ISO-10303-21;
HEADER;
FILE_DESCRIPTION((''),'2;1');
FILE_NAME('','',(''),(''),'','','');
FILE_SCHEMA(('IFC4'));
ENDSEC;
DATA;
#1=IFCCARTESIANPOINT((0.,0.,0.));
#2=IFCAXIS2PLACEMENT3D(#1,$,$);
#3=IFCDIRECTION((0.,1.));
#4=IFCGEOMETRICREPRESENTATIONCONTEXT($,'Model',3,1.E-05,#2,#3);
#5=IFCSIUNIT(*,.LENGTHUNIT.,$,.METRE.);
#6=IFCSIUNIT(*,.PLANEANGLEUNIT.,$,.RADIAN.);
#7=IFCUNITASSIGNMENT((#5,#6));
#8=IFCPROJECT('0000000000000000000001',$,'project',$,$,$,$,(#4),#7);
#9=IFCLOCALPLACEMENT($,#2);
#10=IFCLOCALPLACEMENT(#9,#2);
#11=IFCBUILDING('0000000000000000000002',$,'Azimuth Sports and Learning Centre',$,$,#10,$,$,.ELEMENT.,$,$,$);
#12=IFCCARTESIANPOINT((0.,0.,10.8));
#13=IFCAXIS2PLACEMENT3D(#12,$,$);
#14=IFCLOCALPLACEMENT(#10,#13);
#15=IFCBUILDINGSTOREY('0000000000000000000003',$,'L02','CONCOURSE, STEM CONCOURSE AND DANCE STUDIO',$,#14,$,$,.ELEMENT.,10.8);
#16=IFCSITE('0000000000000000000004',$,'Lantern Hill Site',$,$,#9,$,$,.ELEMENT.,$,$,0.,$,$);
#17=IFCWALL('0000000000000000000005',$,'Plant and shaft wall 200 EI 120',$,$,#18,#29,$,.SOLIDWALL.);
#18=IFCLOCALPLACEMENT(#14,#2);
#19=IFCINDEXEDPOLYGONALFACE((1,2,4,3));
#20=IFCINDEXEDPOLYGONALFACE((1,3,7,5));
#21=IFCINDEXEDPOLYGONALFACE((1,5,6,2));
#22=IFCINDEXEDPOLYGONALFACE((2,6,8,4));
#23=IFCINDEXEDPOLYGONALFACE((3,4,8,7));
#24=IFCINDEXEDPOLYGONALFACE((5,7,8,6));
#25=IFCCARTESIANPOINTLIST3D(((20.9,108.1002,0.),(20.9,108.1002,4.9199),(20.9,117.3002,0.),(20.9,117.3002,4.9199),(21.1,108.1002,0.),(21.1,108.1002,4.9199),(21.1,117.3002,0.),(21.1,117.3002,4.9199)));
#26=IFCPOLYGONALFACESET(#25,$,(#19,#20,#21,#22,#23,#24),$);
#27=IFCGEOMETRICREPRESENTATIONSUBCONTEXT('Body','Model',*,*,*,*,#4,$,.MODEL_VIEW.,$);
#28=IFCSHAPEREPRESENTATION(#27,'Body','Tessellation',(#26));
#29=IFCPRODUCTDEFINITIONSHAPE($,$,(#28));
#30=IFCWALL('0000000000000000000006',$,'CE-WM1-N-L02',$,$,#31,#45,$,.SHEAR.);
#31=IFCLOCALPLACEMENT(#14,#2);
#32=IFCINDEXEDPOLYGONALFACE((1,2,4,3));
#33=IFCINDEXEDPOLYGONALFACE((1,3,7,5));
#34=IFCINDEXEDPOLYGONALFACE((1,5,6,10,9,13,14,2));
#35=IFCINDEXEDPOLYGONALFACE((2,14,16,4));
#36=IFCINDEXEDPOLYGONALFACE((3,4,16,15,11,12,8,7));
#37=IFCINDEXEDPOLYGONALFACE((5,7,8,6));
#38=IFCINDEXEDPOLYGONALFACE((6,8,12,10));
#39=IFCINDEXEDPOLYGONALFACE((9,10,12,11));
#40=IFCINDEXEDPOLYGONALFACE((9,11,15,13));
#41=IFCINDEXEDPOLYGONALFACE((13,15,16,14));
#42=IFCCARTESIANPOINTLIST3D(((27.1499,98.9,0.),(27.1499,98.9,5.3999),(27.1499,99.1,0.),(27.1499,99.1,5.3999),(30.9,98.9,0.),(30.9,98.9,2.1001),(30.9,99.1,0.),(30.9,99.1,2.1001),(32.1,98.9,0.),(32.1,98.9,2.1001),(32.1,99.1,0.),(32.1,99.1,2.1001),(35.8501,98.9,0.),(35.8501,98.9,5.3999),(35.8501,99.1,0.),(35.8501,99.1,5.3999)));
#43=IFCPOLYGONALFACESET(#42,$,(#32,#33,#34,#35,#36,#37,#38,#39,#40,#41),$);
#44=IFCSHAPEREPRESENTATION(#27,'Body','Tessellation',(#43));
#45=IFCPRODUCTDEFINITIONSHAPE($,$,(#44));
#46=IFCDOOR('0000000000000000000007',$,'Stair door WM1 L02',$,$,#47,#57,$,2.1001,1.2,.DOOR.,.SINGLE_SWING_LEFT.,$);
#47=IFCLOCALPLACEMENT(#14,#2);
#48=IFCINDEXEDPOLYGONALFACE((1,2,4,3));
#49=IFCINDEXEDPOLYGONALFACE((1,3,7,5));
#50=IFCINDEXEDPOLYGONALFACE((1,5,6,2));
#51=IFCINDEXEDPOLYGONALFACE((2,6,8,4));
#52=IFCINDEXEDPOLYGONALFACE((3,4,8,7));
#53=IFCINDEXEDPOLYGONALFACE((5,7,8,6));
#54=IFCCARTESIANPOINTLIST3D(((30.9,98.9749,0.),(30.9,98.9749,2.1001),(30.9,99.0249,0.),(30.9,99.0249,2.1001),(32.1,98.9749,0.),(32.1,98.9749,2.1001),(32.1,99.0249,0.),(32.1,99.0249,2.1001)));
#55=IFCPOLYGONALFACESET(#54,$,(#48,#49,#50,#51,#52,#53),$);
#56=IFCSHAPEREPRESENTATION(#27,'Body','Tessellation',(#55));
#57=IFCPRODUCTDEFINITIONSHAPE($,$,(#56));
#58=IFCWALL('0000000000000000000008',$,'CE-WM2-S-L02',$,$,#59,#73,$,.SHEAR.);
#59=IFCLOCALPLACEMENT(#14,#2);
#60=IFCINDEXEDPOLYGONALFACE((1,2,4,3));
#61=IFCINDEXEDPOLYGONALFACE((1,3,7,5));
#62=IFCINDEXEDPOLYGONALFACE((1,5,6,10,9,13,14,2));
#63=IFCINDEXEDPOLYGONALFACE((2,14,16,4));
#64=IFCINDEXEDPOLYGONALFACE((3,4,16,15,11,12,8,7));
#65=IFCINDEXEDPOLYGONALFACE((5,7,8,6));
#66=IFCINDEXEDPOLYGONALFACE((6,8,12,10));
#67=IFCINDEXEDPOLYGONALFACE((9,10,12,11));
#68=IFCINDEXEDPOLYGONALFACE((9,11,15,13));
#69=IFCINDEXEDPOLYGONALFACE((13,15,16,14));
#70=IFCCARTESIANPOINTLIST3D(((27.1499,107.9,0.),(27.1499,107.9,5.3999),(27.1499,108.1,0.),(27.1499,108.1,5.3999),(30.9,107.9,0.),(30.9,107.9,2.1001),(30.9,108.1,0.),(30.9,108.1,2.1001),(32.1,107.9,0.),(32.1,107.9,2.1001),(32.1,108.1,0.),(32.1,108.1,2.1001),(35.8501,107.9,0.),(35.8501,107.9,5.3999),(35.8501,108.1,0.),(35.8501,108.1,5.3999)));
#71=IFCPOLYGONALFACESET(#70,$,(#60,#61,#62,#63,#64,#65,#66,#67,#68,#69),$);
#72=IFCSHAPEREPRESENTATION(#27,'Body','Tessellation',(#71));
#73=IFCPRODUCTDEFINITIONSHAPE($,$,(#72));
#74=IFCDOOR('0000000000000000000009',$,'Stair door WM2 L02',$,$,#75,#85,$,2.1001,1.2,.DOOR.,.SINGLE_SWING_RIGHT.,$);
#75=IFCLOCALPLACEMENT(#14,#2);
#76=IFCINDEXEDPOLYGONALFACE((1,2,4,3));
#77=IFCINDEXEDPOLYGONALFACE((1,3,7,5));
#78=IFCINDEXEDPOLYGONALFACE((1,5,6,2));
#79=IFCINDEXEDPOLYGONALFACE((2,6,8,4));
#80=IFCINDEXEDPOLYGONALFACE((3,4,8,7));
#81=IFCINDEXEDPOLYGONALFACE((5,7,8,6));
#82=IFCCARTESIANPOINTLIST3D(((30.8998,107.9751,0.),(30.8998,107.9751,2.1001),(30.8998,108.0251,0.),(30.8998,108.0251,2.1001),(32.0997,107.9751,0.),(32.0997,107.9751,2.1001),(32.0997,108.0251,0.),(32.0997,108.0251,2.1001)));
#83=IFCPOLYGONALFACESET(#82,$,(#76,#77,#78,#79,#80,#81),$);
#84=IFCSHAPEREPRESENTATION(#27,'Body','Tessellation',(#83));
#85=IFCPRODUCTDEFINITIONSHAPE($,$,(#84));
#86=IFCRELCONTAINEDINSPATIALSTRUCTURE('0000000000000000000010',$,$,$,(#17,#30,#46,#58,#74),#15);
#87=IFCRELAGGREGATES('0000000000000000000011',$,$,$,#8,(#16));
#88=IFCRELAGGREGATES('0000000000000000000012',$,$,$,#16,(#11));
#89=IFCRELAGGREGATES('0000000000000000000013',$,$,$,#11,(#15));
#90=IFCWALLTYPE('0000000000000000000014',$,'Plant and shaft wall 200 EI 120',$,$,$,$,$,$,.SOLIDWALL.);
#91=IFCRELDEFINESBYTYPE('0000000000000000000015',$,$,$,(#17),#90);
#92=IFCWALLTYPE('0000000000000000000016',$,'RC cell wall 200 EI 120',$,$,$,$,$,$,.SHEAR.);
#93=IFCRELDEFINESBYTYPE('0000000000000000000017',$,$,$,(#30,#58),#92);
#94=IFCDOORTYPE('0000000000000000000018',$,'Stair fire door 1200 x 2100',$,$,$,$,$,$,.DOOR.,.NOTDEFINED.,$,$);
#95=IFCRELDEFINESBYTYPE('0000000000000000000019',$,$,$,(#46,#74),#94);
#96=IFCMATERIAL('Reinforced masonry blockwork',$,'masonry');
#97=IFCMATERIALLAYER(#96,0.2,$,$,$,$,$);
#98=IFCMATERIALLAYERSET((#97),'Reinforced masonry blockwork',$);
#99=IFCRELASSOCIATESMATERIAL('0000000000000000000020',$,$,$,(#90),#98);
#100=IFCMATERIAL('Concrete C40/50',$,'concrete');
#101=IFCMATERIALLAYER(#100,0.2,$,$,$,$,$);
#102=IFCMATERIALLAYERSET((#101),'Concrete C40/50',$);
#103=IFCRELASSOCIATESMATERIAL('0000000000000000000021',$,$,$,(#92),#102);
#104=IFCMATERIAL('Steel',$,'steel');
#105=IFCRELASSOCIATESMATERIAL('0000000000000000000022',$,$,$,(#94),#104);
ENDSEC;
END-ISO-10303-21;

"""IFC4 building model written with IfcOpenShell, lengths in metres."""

from ifc_helpers import new_model, si_unit, direction, frame, frame_2d, origin, place, context, subcontext, project, spatial, rectangle, extrude, material, layer, layer_set, type_object, element, fill, save


model = new_model("IFC4")

# Units and contexts
model_context = context("Model", 3, precision=1e-05, world=origin(), true_north=direction((0.0, 1.0)))
body_context = subcontext(model_context, "Body", "Model", "MODEL_VIEW")
ifc_project = project(units=[si_unit("LENGTHUNIT", "METRE"), si_unit("PLANEANGLEUNIT", "RADIAN")], contexts=[model_context])

# Site, building, storey
site_placement = place(None, origin())
site = spatial("IfcSite", under=ifc_project, at=site_placement, Name="Lantern Hill Site", CompositionType="ELEMENT", RefElevation=0.0)
building_placement = place(site_placement, origin())
building = spatial("IfcBuilding", under=site, at=building_placement, Name="Azimuth Sports and Learning Centre", CompositionType="ELEMENT")
storey_placement = place(building_placement, frame((0.0, 0.0, 10.8)))
storey = spatial("IfcBuildingStorey", under=building, at=storey_placement, Name="L02", Description="CONCOURSE, STEM CONCOURSE AND DANCE STUDIO", CompositionType="ELEMENT", Elevation=10.8)

# Shared definitions
ifc_material_1 = material(Name="Reinforced masonry blockwork", Category="masonry")
ifc_layer_1 = layer(ifc_material_1, 0.2)
ifc_layer_set_1 = layer_set([ifc_layer_1], Name="Reinforced masonry blockwork")
wall_type_1 = type_object("IfcWallType", Name="Plant and shaft wall 200 EI 120", PredefinedType="SOLIDWALL", material=ifc_layer_set_1)

# Wall
wall_1_placement = place(storey_placement, frame((21.0, 108.1001, 0.0), z_axis=(0.0, 0.0, 1.0), x_axis=(0.0, 1.0, 0.0)))
element("IfcWall", 1, at=wall_1_placement, inside=storey, type_object=wall_type_1, Name="Plant and shaft wall 200 EI 120", PredefinedType="SOLIDWALL", context=body_context, shape_type="SweptSolid", body=[
    extrude(rectangle(XDim=9.2, YDim=0.2, at=frame_2d((4.6001, 0.0))), origin(), (0.0, 0.0, 1.0), 4.9199),
])

# Walls, openings, doors
ifc_material_2 = material(Name="Concrete C40/50", Category="concrete")
ifc_layer_2 = layer(ifc_material_2, 0.2)
ifc_layer_set_2 = layer_set([ifc_layer_2], Name="Concrete C40/50")
wall_type_2 = type_object("IfcWallType", Name="RC cell wall 200 EI 120", PredefinedType="SHEAR", material=ifc_layer_set_2)
wall_2_placement = place(storey_placement, frame((27.1499, 99.0, 0.0), z_axis=(0.0, 0.0, 1.0), x_axis=(1.0, 0.0, 0.0)))
wall_2 = element("IfcWall", 2, at=wall_2_placement, inside=storey, type_object=wall_type_2, Name="CE-WM1-N-L02", PredefinedType="SHEAR", context=body_context, shape_type="SweptSolid", body=[
    extrude(rectangle(XDim=8.7002, YDim=0.2, at=frame_2d((4.3501, 0.0))), origin(), (0.0, 0.0, 1.0), 5.3999),
])
opening_1_placement = place(wall_2_placement, frame((3.75, 0.0, 0.0)))
opening_1 = element("IfcOpeningElement", 3, at=opening_1_placement, cuts=wall_2, PredefinedType="OPENING", context=body_context, shape_type="SweptSolid", body=[
    extrude(rectangle(XDim=1.2, YDim=2.1001, at=frame_2d((0.6001, 1.05))), frame((0.0, 0.1108, 0.0), z_axis=(0.0, -1.0, 0.0), x_axis=(1.0, 0.0, 0.0)), (0.0, 0.0, 1.0), 0.2219),
])
ifc_material_3 = material(Name="Steel", Category="steel")
door_type_1 = type_object("IfcDoorType", Name="Stair fire door 1200 x 2100", OperationType="NOTDEFINED", PredefinedType="DOOR", material=ifc_material_3)
door_1_placement = place(opening_1_placement, origin())
door_1 = element("IfcDoor", 4, at=door_1_placement, inside=storey, type_object=door_type_1, Name="Stair door WM1 L02", OperationType="SINGLE_SWING_LEFT", OverallHeight=2.1001, OverallWidth=1.2, PredefinedType="DOOR", context=body_context, shape_type="SweptSolid", body=[
    extrude(rectangle(XDim=1.2, YDim=2.1001, at=frame_2d((0.6001, 1.05))), frame((0.0, 0.0249, 0.0), z_axis=(0.0, -1.0, 0.0), x_axis=(1.0, 0.0, 0.0)), (0.0, 0.0, 1.0), 0.05),
])
fill(opening_1, door_1)
wall_3_placement = place(storey_placement, frame((27.1499, 108.0, 0.0), z_axis=(0.0, 0.0, 1.0), x_axis=(1.0, 0.0, 0.0)))
wall_3 = element("IfcWall", 5, at=wall_3_placement, inside=storey, type_object=wall_type_2, Name="CE-WM2-S-L02", PredefinedType="SHEAR", context=body_context, shape_type="SweptSolid", body=[
    extrude(rectangle(XDim=8.7002, YDim=0.2, at=frame_2d((4.3501, 0.0))), origin(), (0.0, 0.0, 1.0), 5.3999),
])
opening_2_placement = place(wall_3_placement, frame((3.75, 0.0, 0.0)))
opening_2 = element("IfcOpeningElement", 6, at=opening_2_placement, cuts=wall_3, PredefinedType="OPENING", context=body_context, shape_type="SweptSolid", body=[
    extrude(rectangle(XDim=1.2, YDim=2.1001, at=frame_2d((0.6001, 1.05))), frame((0.0, 0.1108, 0.0), z_axis=(0.0, -1.0, 0.0), x_axis=(1.0, 0.0, 0.0)), (0.0, 0.0, 1.0), 0.2219),
])
door_2_placement = place(opening_2_placement, frame((1.2, 0.0, 0.0), z_axis=(0.0, 0.0, 1.0), x_axis=(-1.0, 0.0, 0.0)))
door_2 = element("IfcDoor", 7, at=door_2_placement, inside=storey, type_object=door_type_1, Name="Stair door WM2 L02", OperationType="SINGLE_SWING_RIGHT", OverallHeight=2.1001, OverallWidth=1.2, PredefinedType="DOOR", context=body_context, shape_type="SweptSolid", body=[
    extrude(rectangle(XDim=1.2, YDim=2.1001, at=frame_2d((0.6001, 1.05))), frame((0.0, 0.0249, 0.0), z_axis=(0.0, -1.0, 0.0), x_axis=(1.0, 0.0, 0.0)), (0.0, 0.0, 1.0), 0.05),
])
fill(opening_2, door_2)

save(model, "model.ifc")
